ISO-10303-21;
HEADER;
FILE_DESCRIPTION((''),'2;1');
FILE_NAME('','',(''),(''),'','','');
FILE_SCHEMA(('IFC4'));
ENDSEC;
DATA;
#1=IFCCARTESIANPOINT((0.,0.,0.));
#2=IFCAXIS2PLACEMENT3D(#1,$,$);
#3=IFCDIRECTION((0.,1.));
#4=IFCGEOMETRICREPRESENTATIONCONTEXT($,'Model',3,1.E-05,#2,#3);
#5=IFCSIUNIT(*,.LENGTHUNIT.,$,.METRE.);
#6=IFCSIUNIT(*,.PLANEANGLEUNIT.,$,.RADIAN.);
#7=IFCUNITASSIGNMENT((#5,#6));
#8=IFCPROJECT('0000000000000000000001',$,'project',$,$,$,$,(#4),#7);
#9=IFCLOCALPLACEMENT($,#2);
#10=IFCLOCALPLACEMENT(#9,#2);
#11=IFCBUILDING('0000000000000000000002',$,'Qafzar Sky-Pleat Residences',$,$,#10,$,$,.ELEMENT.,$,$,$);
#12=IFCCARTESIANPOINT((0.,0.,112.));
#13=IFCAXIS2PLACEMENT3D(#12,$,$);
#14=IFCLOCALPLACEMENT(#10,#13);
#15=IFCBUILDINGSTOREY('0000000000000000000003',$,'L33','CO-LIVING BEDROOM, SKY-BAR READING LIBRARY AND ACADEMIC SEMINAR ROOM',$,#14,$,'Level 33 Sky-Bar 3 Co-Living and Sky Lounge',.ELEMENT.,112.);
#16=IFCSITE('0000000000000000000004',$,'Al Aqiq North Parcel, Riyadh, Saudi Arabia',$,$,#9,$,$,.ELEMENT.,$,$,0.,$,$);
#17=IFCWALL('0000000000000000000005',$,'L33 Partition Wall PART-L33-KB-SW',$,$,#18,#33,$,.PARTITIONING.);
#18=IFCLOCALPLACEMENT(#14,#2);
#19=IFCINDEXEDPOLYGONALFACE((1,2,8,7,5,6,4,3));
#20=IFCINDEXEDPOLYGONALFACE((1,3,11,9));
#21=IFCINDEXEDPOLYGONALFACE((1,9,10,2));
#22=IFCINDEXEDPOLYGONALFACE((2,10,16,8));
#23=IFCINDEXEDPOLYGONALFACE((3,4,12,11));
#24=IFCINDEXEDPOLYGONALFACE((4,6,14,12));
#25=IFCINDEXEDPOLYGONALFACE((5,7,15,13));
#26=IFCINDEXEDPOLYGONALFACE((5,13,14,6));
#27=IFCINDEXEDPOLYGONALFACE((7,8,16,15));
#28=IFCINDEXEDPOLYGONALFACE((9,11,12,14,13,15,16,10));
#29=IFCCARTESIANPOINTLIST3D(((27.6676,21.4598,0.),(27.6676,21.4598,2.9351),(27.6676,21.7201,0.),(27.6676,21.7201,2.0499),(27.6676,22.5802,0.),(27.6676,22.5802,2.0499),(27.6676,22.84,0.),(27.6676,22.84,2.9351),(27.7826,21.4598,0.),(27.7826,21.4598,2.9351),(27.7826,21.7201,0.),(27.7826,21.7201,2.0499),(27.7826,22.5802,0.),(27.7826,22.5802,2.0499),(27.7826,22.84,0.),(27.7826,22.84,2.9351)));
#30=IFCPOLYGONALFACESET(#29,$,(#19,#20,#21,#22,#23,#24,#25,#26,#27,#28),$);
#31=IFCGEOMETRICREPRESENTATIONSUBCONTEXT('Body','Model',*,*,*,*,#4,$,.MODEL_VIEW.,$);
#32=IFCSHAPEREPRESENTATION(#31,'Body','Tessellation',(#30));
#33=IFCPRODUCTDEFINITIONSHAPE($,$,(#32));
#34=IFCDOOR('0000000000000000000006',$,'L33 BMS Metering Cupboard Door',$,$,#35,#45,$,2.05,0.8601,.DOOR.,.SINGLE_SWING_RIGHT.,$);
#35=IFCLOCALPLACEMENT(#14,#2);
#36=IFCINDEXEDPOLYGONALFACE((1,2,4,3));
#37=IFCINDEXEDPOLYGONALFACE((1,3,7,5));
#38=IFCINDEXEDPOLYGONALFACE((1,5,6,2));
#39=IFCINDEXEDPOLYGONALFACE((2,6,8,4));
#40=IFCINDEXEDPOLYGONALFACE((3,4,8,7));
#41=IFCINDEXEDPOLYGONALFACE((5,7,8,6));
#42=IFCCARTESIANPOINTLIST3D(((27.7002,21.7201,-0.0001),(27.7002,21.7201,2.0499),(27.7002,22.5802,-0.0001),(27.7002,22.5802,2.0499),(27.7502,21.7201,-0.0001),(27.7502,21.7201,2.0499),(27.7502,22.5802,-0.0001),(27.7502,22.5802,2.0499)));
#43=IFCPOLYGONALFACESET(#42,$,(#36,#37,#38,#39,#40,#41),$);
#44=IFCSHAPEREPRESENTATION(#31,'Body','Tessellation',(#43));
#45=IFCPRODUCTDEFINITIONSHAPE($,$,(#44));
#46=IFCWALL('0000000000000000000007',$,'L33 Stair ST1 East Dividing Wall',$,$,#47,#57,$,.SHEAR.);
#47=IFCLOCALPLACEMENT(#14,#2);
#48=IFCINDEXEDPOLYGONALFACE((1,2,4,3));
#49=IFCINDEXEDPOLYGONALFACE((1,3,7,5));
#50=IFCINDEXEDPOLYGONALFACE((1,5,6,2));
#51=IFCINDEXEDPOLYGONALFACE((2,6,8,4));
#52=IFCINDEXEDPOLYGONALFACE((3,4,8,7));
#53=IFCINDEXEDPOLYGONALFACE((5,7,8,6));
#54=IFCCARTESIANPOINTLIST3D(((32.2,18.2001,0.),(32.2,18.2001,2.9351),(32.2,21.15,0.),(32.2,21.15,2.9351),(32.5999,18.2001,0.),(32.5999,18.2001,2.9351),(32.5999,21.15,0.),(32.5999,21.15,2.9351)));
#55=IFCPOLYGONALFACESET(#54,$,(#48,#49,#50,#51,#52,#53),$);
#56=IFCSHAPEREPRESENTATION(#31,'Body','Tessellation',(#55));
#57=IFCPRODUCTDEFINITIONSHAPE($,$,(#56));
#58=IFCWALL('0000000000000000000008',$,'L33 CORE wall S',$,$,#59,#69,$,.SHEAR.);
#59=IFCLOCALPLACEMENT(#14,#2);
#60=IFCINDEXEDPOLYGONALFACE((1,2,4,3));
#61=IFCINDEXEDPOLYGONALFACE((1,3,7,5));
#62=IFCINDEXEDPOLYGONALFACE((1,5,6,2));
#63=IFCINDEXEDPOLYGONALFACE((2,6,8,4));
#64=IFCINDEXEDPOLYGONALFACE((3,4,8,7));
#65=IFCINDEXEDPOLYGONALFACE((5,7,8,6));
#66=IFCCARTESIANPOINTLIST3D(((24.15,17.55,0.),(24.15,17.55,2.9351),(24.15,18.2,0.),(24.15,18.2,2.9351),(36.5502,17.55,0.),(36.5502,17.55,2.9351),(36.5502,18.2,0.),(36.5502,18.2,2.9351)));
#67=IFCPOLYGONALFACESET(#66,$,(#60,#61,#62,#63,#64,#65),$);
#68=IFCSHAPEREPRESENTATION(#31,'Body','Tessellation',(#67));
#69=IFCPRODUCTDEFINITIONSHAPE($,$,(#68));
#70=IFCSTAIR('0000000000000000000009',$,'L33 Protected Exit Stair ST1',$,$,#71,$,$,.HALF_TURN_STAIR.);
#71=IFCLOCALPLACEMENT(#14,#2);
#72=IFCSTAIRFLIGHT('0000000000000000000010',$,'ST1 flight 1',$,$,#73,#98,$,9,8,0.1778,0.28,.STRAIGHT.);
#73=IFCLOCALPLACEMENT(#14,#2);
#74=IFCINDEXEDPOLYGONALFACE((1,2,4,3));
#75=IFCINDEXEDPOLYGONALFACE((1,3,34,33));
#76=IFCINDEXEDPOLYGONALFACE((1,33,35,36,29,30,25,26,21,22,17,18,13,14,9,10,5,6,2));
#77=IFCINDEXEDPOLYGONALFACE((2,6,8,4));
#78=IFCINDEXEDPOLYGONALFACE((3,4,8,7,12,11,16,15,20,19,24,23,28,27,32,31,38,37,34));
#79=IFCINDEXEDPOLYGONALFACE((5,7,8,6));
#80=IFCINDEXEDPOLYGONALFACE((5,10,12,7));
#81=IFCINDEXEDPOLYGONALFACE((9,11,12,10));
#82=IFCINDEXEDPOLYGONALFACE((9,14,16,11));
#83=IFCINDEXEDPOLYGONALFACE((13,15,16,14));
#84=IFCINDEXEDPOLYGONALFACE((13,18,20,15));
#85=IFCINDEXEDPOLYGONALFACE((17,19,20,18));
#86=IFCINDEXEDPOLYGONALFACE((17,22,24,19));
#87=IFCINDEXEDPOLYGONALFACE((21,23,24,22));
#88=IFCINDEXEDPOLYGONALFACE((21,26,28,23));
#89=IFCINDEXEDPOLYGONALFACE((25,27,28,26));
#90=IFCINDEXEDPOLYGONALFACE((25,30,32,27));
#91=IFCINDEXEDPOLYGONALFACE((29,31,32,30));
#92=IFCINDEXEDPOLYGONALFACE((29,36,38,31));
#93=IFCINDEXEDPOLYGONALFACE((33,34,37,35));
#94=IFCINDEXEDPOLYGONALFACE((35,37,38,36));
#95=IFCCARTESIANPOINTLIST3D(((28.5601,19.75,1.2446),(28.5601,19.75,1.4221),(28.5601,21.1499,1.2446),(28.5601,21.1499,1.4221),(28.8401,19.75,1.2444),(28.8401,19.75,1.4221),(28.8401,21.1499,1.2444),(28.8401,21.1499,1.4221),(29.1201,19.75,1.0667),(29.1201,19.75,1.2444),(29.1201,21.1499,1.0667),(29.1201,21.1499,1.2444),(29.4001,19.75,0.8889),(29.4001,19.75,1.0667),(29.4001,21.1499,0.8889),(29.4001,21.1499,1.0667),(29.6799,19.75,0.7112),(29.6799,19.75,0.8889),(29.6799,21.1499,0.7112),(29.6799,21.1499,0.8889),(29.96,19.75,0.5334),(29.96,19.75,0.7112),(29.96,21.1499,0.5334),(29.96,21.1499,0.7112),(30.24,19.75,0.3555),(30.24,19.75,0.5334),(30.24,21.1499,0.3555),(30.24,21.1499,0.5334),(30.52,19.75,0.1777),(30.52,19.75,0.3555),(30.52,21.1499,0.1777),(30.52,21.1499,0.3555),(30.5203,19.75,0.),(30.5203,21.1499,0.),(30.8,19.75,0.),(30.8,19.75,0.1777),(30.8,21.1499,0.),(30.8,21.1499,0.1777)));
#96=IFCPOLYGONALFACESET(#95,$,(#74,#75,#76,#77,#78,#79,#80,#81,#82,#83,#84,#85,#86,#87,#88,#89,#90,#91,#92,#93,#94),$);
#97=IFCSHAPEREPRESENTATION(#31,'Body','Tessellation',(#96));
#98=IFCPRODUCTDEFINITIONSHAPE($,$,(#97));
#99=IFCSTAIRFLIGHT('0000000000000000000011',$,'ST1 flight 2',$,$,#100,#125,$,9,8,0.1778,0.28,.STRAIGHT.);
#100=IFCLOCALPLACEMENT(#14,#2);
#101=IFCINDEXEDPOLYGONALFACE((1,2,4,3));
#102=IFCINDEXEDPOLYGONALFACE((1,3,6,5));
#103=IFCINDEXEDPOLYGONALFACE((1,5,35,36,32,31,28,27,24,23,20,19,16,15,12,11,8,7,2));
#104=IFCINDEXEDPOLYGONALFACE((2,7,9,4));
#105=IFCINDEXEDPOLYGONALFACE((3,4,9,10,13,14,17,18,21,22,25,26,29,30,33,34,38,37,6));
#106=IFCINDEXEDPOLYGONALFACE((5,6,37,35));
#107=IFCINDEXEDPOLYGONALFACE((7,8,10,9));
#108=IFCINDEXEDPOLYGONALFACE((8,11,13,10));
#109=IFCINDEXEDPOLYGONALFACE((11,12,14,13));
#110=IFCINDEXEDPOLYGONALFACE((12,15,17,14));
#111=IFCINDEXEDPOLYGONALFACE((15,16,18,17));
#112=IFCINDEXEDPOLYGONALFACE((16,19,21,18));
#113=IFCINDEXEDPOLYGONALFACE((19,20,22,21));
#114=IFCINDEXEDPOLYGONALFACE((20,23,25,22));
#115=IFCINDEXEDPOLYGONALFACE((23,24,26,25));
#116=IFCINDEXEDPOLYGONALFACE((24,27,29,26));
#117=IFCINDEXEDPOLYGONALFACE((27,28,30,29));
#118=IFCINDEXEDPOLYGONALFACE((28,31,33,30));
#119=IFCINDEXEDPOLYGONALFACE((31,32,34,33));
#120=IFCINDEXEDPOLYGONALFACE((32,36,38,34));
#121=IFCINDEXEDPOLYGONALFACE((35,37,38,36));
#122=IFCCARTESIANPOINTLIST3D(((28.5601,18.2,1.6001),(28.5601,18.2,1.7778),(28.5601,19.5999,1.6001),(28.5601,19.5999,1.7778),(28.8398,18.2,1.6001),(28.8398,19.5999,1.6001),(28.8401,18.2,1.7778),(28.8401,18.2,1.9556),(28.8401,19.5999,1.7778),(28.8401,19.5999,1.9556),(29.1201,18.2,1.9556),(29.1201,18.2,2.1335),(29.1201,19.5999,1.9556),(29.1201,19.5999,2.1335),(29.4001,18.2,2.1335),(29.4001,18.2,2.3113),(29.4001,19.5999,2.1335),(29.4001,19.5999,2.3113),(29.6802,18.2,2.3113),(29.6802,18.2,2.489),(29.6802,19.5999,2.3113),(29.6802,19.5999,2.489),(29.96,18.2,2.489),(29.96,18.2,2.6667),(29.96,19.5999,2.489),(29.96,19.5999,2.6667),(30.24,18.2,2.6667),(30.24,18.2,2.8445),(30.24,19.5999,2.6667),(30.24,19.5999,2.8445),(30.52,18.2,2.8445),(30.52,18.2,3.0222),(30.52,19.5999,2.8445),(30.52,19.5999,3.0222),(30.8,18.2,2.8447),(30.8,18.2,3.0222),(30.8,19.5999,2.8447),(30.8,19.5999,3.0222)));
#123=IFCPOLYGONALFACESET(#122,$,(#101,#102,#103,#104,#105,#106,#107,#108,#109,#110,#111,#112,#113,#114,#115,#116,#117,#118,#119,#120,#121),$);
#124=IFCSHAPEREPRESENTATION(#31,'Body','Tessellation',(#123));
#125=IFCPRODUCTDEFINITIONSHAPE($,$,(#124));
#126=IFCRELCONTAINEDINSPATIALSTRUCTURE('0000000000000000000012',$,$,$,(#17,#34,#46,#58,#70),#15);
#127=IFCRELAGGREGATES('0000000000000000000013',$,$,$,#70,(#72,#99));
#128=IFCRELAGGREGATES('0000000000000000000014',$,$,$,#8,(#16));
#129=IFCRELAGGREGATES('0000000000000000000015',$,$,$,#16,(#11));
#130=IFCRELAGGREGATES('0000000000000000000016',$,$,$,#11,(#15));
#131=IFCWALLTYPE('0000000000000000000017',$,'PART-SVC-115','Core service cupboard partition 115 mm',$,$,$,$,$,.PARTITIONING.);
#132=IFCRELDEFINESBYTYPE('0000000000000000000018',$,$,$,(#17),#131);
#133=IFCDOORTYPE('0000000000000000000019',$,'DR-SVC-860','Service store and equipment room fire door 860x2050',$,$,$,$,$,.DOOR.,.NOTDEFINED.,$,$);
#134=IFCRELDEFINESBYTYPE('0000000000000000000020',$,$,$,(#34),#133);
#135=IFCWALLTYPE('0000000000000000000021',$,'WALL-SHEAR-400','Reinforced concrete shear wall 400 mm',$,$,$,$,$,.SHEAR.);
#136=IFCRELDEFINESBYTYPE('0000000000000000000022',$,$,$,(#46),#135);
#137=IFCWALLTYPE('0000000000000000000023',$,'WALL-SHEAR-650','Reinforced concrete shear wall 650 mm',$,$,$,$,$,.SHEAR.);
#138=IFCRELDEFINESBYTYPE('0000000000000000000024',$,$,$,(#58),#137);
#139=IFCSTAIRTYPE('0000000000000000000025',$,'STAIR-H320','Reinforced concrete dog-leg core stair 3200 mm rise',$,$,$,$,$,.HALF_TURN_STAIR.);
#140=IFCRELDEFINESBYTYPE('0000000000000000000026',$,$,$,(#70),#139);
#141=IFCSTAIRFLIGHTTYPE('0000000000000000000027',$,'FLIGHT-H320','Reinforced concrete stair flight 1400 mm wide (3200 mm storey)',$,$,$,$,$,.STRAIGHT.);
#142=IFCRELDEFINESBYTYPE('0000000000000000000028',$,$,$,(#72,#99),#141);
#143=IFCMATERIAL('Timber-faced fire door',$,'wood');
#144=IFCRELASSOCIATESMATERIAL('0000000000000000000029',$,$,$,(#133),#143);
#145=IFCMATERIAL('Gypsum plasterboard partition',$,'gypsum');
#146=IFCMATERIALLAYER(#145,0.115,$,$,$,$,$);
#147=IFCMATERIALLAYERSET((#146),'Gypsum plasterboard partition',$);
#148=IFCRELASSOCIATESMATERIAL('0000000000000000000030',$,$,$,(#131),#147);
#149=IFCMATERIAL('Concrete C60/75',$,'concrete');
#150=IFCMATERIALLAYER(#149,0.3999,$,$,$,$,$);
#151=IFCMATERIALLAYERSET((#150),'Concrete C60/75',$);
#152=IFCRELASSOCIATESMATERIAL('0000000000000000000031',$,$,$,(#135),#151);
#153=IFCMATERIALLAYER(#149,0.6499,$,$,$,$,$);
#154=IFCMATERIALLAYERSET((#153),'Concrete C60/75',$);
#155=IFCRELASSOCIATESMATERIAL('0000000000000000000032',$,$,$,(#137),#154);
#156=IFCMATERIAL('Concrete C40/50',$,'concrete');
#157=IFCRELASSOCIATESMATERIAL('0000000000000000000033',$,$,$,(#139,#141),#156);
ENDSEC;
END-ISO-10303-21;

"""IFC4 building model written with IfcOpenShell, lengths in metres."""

from ifc_helpers import new_model, si_unit, direction, frame, frame_2d, origin, place, context, subcontext, project, spatial, polyline, rectangle, outline, extrude, source, transform, mapped, material, layer, layer_set, type_object, element, fill, aggregate, save


model = new_model("IFC4")

# Units and contexts
model_context = context("Model", 3, precision=1e-05, world=origin(), true_north=direction((0.0, 1.0)))
body_context = subcontext(model_context, "Body", "Model", "MODEL_VIEW")
ifc_project = project(units=[si_unit("LENGTHUNIT", "METRE"), si_unit("PLANEANGLEUNIT", "RADIAN")], contexts=[model_context])

# Site, building, storey
site_placement = place(None, origin())
site = spatial("IfcSite", under=ifc_project, at=site_placement, Name="Al Aqiq North Parcel, Riyadh, Saudi Arabia", CompositionType="ELEMENT", RefElevation=0.0)
building_placement = place(site_placement, origin())
building = spatial("IfcBuilding", under=site, at=building_placement, Name="Qafzar Sky-Pleat Residences", CompositionType="ELEMENT")
storey_placement = place(building_placement, frame((0.0, 0.0, 112.0)))
storey = spatial("IfcBuildingStorey", under=building, at=storey_placement, Name="L33", Description="CO-LIVING BEDROOM, SKY-BAR READING LIBRARY AND ACADEMIC SEMINAR ROOM", LongName="Level 33 Sky-Bar 3 Co-Living and Sky Lounge", CompositionType="ELEMENT", Elevation=112.0)

# Shared definitions
ifc_material_1 = material(Name="Timber-faced fire door", Category="wood")

# Shared definitions
door_type_1 = type_object("IfcDoorType", Name="DR-SVC-860", Description="Service store and equipment room fire door 860x2050", OperationType="NOTDEFINED", PredefinedType="DOOR", material=ifc_material_1)
shared_shape_1 = source(origin(), body_context, "Body", "SweptSolid", [
    extrude(rectangle(XDim=0.8601, YDim=2.05, at=frame_2d((0.4302, 1.0249))), frame((0.0, 0.0249, 0.0), z_axis=(0.0, -1.0, 0.0), x_axis=(1.0, 0.0, 0.0)), (0.0, 0.0, 1.0), 0.05),
])

# Wall, opening, door
ifc_material_2 = material(Name="Gypsum plasterboard partition", Category="gypsum")
ifc_layer_1 = layer(ifc_material_2, 0.115)
ifc_layer_set_1 = layer_set([ifc_layer_1], Name="Gypsum plasterboard partition")
wall_type_1 = type_object("IfcWallType", Name="PART-SVC-115", Description="Core service cupboard partition 115 mm", PredefinedType="PARTITIONING", material=ifc_layer_set_1)
wall_1_placement = place(storey_placement, frame((27.7251, 21.46, 0.0), z_axis=(0.0, 0.0, 1.0), x_axis=(0.0, 1.0, 0.0)))
wall_1 = element("IfcWall", 1, at=wall_1_placement, inside=storey, type_object=wall_type_1, Name="L33 Partition Wall PART-L33-KB-SW", PredefinedType="PARTITIONING", context=body_context, shape_type="SweptSolid", body=[
    extrude(rectangle(XDim=1.3801, YDim=0.115, at=frame_2d((0.6899, 0.0))), origin(), (0.0, 0.0, 1.0), 2.9351),
])
opening_1_placement = place(wall_1_placement, frame((0.26, 0.0, 0.0)))
opening_1 = element("IfcOpeningElement", 2, at=opening_1_placement, cuts=wall_1, PredefinedType="OPENING", context=body_context, shape_type="SweptSolid", body=[
    extrude(rectangle(XDim=0.8601, YDim=2.05, at=frame_2d((0.4302, 1.0249))), frame((0.0, 0.0674, 0.0), z_axis=(0.0, -1.0, 0.0), x_axis=(1.0, 0.0, 0.0)), (0.0, 0.0, 1.0), 0.135),
])
door_1_placement = place(opening_1_placement, origin())
door_1 = element("IfcDoor", 3, at=door_1_placement, inside=storey, type_object=door_type_1, Name="L33 BMS Metering Cupboard Door", OperationType="SINGLE_SWING_RIGHT", OverallHeight=2.05, OverallWidth=0.8601, PredefinedType="DOOR", context=body_context, shape_type="MappedRepresentation", body=[
    mapped(shared_shape_1, transform((0.0, 0.0, 0.0), x_axis=(1.0, 0.0, 0.0), y_axis=(0.0, 1.0, 0.0), z_axis=(0.0, 0.0, 1.0), scale=1.0)),
])
fill(opening_1, door_1)

# Shared definitions
ifc_material_3 = material(Name="Concrete C60/75", Category="concrete")

# Walls
ifc_layer_2 = layer(ifc_material_3, 0.3999)
ifc_layer_set_2 = layer_set([ifc_layer_2], Name="Concrete C60/75")
wall_type_2 = type_object("IfcWallType", Name="WALL-SHEAR-400", Description="Reinforced concrete shear wall 400 mm", PredefinedType="SHEAR", material=ifc_layer_set_2)
wall_2_placement = place(storey_placement, frame((32.3999, 18.2, 0.0), z_axis=(0.0, 0.0, 1.0), x_axis=(0.0, 1.0, 0.0)))
element("IfcWall", 4, at=wall_2_placement, inside=storey, type_object=wall_type_2, Name="L33 Stair ST1 East Dividing Wall", PredefinedType="SHEAR", context=body_context, shape_type="SweptSolid", body=[
    extrude(rectangle(XDim=2.95, YDim=0.3999, at=frame_2d((1.4751, 0.0))), origin(), (0.0, 0.0, 1.0), 2.9351),
])
ifc_layer_3 = layer(ifc_material_3, 0.6499)
ifc_layer_set_3 = layer_set([ifc_layer_3], Name="Concrete C60/75")
wall_type_3 = type_object("IfcWallType", Name="WALL-SHEAR-650", Description="Reinforced concrete shear wall 650 mm", PredefinedType="SHEAR", material=ifc_layer_set_3)
wall_3_placement = place(storey_placement, frame((24.1499, 17.875, 0.0), z_axis=(0.0, 0.0, 1.0), x_axis=(1.0, 0.0, 0.0)))
element("IfcWall", 5, at=wall_3_placement, inside=storey, type_object=wall_type_3, Name="L33 CORE wall S", PredefinedType="SHEAR", context=body_context, shape_type="SweptSolid", body=[
    extrude(rectangle(XDim=12.4001, YDim=0.6499, at=frame_2d((6.2002, 0.0))), origin(), (0.0, 0.0, 1.0), 2.9351),
])

# Stair, stair flights
ifc_material_4 = material(Name="Concrete C40/50", Category="concrete")
stair_type = type_object("IfcStairType", Name="STAIR-H320", Description="Reinforced concrete dog-leg core stair 3200 mm rise", PredefinedType="HALF_TURN_STAIR", material=ifc_material_4)
stair_placement = place(storey_placement, origin())
stair = element("IfcStair", 6, at=stair_placement, inside=storey, type_object=stair_type, Name="L33 Protected Exit Stair ST1", PredefinedType="HALF_TURN_STAIR")
stair_flight_type = type_object("IfcStairFlightType", Name="FLIGHT-H320", Description="Reinforced concrete stair flight 1400 mm wide (3200 mm storey)", PredefinedType="STRAIGHT", material=ifc_material_4)
shared_shape_2 = source(origin(), body_context, "Body", "SweptSolid", [
    extrude(outline(polyline([(0.0, 0.0), (0.0, 0.1777), (0.28, 0.1777), (0.28, 0.3555), (0.5601, 0.3555), (0.5601, 0.5334), (0.8401, 0.5334), (0.8401, 0.7112), (1.1201, 0.7112), (1.1201, 0.8889), (1.3999, 0.8889), (1.3999, 1.0667), (1.6799, 1.0667), (1.6799, 1.2444), (1.96, 1.2444), (1.96, 1.4221), (2.24, 1.4221), (2.24, 1.6001), (2.24, 1.2446), (0.2798, 0.0), (0.0, 0.0)])), frame((0.0, 0.7, 0.0), z_axis=(0.0, -1.0, 0.0), x_axis=(1.0, 0.0, 0.0)), (0.0, 0.0, 1.0), 1.3999),
])
stair_flight_1_placement = place(storey_placement, frame((30.8, 20.45, 0.0), z_axis=(0.0, 0.0, 1.0), x_axis=(-1.0, 0.0, 0.0)))
stair_flight_1 = element("IfcStairFlight", 7, at=stair_flight_1_placement, type_object=stair_flight_type, Name="ST1 flight 1", NumberOfRisers=9, NumberOfTreads=8, PredefinedType="STRAIGHT", RiserHeight=0.1778, TreadLength=0.28, context=body_context, shape_type="MappedRepresentation", body=[
    mapped(shared_shape_2, transform((0.0, 0.0, 0.0), x_axis=(1.0, 0.0, 0.0), y_axis=(0.0, 1.0, 0.0), z_axis=(0.0, 0.0, 1.0), scale=1.0)),
])
stair_flight_2_placement = place(storey_placement, frame((28.5601, 18.8999, 1.6001), z_axis=(0.0, 0.0, 1.0), x_axis=(1.0, 0.0, 0.0)))
stair_flight_2 = element("IfcStairFlight", 8, at=stair_flight_2_placement, type_object=stair_flight_type, Name="ST1 flight 2", NumberOfRisers=9, NumberOfTreads=8, PredefinedType="STRAIGHT", RiserHeight=0.1778, TreadLength=0.28, context=body_context, shape_type="MappedRepresentation", body=[
    mapped(shared_shape_2, transform((0.0, 0.0, 0.0), x_axis=(1.0, 0.0, 0.0), y_axis=(0.0, 1.0, 0.0), z_axis=(0.0, 0.0, 1.0), scale=1.0)),
])
aggregate(stair, [stair_flight_1, stair_flight_2])

save(model, "model.ifc")
